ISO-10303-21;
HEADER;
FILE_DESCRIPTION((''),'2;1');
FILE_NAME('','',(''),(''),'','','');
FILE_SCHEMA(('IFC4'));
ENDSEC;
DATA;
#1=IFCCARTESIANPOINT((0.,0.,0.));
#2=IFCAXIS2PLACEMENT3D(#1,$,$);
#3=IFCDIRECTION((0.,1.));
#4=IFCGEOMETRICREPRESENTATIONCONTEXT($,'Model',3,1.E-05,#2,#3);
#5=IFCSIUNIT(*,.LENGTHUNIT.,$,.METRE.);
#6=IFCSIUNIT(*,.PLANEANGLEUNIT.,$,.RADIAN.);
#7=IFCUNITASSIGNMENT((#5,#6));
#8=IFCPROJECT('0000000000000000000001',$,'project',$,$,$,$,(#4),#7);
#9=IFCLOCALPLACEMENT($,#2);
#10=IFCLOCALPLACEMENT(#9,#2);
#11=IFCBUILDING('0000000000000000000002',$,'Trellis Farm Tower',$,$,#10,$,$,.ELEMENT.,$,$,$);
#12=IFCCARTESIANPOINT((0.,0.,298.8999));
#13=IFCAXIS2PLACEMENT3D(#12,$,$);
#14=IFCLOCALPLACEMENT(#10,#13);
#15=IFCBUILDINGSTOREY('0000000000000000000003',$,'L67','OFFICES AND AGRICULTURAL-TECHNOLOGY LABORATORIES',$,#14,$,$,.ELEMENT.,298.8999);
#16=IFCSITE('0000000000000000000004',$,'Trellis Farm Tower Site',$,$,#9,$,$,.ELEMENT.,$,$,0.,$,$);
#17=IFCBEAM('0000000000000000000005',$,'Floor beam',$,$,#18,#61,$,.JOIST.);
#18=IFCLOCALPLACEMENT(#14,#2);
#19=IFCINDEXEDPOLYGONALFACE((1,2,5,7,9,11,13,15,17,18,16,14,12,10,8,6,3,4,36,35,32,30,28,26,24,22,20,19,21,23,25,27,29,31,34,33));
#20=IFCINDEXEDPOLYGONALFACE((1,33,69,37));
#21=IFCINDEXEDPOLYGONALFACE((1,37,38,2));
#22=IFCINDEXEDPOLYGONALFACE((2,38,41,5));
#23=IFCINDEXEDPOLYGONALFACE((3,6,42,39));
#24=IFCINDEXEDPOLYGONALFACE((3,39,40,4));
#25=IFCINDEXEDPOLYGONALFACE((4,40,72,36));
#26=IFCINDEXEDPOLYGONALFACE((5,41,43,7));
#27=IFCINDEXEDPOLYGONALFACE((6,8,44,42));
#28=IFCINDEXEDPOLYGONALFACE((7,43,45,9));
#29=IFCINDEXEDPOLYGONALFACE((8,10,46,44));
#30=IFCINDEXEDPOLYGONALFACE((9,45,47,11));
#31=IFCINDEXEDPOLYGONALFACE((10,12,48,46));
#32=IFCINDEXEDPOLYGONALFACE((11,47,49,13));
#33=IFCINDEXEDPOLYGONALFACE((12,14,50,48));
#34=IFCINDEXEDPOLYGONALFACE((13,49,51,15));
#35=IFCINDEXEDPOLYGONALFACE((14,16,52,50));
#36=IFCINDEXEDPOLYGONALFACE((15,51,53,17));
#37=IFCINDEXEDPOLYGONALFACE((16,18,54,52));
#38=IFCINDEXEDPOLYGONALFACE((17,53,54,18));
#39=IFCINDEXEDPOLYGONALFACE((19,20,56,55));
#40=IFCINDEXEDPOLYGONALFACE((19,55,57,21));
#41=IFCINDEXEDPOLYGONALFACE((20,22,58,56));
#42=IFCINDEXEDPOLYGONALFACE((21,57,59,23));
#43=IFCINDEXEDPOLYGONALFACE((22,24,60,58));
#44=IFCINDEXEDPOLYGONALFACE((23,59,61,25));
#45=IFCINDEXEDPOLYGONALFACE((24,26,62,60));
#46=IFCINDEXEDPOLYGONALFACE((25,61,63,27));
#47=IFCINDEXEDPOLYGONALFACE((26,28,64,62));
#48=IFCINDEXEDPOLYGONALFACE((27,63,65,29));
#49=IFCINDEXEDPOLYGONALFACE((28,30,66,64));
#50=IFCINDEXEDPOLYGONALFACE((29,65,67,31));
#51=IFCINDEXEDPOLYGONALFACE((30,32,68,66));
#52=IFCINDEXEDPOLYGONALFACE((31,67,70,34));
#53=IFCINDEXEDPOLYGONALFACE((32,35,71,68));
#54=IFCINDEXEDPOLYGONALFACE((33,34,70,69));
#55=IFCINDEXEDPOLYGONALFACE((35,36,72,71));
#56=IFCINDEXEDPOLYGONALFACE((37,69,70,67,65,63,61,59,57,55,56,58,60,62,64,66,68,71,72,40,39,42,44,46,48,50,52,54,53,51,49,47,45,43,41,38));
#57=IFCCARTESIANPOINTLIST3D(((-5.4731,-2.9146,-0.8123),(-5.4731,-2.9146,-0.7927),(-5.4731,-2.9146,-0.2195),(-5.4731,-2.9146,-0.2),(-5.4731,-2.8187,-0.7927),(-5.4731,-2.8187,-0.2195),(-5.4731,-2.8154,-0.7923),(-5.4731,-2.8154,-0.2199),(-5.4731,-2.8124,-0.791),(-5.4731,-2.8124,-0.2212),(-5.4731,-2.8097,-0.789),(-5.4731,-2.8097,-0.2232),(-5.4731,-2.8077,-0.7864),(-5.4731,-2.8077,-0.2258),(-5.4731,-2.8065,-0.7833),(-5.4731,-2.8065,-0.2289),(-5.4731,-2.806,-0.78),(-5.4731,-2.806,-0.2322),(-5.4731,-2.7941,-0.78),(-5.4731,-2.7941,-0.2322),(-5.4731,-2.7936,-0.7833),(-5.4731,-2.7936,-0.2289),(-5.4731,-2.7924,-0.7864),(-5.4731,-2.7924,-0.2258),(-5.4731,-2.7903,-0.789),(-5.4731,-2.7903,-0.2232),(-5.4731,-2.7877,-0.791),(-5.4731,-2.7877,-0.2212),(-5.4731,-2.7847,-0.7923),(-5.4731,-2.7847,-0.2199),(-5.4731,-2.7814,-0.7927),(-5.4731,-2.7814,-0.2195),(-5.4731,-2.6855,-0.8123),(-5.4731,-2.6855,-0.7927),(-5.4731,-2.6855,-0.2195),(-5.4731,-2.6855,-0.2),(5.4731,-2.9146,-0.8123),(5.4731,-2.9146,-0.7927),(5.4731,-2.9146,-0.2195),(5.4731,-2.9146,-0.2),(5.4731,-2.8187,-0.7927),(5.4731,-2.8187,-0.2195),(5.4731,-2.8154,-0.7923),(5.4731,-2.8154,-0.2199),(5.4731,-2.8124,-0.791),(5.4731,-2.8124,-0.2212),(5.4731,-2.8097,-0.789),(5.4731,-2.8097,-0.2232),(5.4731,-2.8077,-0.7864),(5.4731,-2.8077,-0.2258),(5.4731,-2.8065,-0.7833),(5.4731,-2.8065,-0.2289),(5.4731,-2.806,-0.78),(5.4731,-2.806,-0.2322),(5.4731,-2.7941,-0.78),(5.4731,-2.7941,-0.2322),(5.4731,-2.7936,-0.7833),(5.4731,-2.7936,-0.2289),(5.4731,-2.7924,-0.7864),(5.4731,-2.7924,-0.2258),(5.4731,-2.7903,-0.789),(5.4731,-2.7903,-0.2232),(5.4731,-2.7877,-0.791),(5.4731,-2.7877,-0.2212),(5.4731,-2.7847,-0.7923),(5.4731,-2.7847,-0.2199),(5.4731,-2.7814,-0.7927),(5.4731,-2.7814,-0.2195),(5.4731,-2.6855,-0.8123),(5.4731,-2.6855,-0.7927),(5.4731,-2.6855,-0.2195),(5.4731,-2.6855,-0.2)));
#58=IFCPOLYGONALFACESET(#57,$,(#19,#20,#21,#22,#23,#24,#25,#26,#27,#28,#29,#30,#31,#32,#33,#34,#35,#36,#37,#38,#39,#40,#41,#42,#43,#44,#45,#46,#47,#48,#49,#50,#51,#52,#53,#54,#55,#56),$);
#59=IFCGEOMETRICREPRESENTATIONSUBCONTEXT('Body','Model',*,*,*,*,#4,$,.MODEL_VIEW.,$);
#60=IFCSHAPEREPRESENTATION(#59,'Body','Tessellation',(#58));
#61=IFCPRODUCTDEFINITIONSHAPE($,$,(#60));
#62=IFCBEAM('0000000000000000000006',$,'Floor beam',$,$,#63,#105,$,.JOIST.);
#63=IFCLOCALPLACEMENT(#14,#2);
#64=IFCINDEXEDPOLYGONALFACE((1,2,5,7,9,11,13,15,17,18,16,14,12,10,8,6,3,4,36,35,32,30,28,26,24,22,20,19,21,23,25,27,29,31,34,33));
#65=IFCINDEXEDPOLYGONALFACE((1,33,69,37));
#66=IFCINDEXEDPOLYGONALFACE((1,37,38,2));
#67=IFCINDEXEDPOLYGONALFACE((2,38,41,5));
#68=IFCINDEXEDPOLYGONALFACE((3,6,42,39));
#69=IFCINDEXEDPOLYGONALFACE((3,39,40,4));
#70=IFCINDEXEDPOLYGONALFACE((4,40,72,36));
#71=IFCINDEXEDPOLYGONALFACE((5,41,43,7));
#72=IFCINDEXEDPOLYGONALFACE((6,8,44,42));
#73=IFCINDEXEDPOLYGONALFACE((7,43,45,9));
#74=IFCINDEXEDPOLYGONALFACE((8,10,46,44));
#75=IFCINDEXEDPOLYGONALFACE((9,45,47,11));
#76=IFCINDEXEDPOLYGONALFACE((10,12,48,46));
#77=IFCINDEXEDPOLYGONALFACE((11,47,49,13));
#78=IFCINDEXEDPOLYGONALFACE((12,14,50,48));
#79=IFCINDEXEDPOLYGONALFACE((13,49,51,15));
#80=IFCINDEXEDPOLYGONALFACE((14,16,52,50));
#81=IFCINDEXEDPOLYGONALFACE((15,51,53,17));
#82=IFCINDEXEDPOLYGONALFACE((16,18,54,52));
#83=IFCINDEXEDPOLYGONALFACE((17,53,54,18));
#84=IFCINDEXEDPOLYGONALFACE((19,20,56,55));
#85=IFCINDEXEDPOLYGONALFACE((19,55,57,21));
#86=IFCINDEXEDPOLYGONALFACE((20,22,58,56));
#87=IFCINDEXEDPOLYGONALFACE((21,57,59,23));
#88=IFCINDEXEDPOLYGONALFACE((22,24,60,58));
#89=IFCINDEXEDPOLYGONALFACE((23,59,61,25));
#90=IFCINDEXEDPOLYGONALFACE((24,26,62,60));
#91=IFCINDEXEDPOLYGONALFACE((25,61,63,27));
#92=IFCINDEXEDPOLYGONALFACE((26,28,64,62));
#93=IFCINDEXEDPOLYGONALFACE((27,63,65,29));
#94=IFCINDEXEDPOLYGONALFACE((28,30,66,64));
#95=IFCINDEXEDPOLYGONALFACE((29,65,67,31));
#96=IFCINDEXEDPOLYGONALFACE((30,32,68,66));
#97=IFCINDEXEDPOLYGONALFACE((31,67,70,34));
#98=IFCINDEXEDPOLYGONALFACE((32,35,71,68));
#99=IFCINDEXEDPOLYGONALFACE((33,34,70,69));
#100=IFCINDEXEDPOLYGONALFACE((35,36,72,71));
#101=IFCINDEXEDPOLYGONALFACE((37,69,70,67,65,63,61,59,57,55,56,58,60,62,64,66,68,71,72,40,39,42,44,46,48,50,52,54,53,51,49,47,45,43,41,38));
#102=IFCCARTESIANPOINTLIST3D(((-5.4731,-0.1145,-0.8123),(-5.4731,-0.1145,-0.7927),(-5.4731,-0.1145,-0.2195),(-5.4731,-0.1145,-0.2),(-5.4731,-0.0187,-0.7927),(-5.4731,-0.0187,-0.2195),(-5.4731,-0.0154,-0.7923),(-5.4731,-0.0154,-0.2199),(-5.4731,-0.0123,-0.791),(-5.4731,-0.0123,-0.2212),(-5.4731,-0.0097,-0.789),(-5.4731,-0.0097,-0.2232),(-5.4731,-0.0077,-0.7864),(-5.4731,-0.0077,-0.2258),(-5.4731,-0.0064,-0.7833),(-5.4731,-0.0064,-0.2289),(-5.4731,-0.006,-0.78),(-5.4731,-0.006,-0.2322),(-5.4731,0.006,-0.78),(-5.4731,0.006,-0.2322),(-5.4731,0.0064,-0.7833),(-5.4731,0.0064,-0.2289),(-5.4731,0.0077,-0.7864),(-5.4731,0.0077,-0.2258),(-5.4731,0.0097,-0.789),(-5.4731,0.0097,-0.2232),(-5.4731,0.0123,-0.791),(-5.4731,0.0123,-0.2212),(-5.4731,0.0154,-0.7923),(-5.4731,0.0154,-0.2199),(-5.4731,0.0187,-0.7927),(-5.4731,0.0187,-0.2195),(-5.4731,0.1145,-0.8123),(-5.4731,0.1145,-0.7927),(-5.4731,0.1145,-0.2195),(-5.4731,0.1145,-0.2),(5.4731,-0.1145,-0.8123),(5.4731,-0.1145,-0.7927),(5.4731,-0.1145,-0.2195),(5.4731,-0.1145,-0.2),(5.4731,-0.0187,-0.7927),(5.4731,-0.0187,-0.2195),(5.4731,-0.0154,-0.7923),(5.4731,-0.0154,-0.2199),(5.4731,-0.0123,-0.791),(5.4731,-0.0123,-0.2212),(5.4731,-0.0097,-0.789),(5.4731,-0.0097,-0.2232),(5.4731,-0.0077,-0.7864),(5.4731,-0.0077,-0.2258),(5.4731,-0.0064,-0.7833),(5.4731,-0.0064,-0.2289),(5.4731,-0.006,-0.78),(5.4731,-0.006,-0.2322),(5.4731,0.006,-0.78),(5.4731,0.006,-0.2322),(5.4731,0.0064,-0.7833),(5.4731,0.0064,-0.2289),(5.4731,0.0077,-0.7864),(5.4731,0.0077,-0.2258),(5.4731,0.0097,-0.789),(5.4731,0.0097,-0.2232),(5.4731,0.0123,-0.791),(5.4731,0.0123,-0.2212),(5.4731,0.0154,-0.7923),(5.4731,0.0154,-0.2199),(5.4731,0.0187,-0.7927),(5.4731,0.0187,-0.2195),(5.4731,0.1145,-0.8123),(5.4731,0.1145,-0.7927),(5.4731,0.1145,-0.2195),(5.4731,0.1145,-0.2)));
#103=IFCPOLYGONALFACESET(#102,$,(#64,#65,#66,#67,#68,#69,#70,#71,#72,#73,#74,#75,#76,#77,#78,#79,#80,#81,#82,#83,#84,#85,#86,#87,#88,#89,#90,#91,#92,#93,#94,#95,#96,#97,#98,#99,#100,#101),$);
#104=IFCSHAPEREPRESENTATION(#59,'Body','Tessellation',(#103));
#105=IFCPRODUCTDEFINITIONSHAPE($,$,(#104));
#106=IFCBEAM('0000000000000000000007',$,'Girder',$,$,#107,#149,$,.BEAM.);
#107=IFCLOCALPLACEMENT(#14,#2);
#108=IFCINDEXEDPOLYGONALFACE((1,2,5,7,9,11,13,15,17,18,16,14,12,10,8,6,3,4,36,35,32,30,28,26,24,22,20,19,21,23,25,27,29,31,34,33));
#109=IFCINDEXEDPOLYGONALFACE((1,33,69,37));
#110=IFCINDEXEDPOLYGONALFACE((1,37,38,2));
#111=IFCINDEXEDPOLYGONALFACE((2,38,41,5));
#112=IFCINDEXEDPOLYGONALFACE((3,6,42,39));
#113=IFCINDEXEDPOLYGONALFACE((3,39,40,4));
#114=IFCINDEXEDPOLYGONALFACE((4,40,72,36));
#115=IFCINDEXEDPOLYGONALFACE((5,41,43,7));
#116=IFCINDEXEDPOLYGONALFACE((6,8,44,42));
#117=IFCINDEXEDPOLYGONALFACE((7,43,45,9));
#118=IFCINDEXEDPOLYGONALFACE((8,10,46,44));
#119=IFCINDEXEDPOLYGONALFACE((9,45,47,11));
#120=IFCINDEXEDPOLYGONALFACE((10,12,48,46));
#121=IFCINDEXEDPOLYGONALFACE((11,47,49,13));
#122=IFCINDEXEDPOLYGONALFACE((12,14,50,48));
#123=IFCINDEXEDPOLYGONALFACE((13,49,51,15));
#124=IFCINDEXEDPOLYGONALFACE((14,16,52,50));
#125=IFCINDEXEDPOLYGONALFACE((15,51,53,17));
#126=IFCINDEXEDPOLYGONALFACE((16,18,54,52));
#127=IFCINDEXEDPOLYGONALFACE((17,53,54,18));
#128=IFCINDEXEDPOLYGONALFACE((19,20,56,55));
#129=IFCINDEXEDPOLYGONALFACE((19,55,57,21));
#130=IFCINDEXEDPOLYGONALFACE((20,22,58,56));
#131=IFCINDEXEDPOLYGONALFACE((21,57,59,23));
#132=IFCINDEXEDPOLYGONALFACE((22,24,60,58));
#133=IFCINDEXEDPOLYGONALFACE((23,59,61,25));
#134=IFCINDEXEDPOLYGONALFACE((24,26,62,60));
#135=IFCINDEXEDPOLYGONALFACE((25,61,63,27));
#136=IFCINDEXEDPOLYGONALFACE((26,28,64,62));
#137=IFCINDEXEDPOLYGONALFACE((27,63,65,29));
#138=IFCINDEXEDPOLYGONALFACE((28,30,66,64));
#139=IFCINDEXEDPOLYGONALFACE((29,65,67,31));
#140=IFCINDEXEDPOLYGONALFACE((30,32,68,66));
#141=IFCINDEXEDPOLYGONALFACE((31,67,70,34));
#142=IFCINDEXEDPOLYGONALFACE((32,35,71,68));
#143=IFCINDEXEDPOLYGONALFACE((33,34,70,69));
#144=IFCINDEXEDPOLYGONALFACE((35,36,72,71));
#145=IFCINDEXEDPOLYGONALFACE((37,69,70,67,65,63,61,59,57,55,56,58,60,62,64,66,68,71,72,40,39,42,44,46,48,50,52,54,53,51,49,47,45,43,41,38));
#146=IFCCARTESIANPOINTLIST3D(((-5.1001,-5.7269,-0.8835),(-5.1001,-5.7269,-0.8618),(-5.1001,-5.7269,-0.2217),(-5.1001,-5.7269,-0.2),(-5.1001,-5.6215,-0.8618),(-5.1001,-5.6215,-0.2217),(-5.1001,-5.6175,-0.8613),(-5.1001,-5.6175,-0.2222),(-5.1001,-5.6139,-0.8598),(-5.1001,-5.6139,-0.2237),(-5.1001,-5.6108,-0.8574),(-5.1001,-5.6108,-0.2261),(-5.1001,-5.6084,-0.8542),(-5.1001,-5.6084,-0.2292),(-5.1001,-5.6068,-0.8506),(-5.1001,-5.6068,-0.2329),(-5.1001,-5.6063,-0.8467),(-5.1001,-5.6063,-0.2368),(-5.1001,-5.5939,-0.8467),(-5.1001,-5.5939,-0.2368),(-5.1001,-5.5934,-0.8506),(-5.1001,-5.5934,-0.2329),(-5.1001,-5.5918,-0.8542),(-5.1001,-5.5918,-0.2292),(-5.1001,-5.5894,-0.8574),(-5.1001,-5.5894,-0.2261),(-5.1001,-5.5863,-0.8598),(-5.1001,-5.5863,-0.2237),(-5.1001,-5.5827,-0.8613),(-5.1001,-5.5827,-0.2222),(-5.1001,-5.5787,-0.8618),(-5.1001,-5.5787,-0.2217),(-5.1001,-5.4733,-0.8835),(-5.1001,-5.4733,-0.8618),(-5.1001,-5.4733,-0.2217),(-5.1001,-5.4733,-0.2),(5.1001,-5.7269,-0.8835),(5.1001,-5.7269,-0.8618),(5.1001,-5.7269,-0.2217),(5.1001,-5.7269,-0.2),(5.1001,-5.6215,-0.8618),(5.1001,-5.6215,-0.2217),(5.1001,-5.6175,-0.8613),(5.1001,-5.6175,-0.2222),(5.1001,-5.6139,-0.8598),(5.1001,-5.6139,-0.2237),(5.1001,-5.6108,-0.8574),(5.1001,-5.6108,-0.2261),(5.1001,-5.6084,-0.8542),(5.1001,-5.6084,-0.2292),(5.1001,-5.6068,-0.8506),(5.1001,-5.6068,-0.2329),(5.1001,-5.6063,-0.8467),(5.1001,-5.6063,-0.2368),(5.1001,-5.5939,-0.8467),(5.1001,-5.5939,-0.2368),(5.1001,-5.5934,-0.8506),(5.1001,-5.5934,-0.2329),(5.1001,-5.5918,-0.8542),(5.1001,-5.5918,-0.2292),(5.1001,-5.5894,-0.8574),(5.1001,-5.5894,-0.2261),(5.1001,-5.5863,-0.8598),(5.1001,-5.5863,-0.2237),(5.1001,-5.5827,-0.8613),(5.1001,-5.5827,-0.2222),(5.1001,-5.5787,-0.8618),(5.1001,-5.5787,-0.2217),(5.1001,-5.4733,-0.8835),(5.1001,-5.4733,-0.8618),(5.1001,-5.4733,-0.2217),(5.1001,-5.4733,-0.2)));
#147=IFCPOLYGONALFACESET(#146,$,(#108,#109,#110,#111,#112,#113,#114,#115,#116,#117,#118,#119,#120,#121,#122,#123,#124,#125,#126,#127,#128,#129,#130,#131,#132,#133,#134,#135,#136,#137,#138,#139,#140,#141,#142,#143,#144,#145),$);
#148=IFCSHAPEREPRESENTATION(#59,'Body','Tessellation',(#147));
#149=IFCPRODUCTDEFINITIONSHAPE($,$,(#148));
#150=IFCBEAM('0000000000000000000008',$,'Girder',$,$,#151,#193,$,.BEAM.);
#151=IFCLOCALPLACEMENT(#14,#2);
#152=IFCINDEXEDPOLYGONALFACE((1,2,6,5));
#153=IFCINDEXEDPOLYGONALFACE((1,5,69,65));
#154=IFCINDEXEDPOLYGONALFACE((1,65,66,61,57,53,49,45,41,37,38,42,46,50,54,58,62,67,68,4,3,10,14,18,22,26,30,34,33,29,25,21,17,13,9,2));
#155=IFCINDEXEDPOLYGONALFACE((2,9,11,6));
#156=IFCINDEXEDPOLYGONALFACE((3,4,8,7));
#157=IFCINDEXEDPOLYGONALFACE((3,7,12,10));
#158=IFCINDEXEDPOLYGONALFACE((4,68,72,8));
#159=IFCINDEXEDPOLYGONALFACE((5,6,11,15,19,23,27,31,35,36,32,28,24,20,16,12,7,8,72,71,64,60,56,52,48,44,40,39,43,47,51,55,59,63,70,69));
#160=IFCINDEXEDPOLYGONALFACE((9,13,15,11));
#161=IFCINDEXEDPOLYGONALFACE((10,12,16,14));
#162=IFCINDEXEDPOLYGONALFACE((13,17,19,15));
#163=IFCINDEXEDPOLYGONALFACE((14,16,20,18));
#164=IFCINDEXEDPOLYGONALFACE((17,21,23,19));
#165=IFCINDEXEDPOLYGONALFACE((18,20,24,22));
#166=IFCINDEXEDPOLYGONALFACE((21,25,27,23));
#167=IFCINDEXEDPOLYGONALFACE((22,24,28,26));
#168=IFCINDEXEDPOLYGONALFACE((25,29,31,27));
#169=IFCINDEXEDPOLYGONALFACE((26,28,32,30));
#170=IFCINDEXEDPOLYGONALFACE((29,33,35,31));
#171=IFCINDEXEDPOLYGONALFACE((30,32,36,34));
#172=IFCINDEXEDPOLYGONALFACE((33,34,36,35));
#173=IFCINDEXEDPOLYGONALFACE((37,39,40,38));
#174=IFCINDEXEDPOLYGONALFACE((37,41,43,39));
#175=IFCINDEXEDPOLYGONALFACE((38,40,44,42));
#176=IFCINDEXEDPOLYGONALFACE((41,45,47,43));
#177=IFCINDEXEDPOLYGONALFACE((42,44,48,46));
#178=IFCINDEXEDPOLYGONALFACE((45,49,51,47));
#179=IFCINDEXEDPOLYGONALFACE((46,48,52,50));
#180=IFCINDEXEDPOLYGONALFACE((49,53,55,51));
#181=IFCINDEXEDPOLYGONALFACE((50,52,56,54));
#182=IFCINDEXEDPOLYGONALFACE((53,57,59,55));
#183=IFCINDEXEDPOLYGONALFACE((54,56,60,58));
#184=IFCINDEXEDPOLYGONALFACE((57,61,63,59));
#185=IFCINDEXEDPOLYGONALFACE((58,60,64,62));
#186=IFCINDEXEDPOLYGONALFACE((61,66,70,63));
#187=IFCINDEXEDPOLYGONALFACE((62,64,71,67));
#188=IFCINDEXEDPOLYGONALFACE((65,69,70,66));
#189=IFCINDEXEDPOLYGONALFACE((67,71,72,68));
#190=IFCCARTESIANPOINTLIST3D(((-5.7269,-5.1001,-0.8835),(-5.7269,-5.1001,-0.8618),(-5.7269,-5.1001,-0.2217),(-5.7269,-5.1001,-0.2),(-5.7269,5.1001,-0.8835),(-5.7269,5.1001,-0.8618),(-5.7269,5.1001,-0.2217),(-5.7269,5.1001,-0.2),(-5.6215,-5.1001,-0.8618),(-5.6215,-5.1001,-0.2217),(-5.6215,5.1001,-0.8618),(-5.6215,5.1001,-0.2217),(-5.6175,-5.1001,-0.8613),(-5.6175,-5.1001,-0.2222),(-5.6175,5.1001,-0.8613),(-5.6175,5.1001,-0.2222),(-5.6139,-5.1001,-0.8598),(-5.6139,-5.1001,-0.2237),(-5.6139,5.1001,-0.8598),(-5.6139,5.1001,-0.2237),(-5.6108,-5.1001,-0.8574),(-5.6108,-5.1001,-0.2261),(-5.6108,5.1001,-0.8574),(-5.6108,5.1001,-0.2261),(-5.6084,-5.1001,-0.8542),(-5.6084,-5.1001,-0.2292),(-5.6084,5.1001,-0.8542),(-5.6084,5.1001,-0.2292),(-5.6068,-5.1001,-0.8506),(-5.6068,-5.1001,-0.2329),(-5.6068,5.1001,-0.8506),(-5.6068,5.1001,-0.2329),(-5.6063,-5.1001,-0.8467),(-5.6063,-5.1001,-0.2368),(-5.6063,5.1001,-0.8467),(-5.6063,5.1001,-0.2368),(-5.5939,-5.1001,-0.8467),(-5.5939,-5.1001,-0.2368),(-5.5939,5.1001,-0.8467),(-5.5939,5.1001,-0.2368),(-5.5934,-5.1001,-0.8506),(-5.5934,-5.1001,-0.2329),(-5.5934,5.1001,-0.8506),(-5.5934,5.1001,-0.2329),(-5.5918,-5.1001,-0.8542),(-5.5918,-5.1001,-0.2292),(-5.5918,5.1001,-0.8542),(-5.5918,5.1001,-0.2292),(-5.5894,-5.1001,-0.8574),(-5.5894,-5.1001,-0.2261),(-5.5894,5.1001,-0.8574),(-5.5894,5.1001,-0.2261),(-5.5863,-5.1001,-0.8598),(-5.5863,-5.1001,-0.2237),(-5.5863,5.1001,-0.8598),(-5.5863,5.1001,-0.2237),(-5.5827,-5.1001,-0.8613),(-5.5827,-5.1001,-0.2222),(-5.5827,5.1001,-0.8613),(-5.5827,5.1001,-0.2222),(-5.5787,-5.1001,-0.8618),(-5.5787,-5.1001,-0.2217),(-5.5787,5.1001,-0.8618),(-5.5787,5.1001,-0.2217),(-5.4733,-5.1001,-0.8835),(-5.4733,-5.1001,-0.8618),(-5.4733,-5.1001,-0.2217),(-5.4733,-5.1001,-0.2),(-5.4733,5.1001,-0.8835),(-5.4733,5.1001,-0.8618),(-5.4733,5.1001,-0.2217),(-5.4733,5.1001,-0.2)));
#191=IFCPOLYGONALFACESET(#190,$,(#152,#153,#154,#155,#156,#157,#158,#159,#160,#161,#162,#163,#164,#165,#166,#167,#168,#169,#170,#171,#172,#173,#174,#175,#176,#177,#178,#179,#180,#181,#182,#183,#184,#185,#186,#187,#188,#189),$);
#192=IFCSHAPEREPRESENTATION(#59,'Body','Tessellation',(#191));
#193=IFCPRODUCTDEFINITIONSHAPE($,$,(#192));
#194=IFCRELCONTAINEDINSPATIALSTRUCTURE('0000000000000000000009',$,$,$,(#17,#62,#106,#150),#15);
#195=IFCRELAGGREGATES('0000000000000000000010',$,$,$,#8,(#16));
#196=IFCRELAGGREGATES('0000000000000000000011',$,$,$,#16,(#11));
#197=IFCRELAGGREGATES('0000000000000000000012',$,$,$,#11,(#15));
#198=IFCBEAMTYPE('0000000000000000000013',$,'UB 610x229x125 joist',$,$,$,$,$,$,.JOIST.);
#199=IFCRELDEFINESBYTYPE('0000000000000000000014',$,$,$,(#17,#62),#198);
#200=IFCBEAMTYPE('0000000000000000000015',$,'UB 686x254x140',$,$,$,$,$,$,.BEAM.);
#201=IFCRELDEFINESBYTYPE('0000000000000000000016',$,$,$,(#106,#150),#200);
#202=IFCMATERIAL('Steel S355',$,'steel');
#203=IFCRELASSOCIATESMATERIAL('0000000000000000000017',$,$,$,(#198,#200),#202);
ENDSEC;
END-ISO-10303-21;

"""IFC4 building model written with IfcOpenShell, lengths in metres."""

from ifc_helpers import new_model, si_unit, direction, frame, origin, origin_2d, place, context, subcontext, project, spatial, i_section, extrude, source, transform, mapped, material, material_profile, profile_set, type_object, element, save


model = new_model("IFC4")

# Units and contexts
model_context = context("Model", 3, precision=1e-05, world=origin(), true_north=direction((0.0, 1.0)))
body_context = subcontext(model_context, "Body", "Model", "MODEL_VIEW")
ifc_project = project(units=[si_unit("LENGTHUNIT", "METRE"), si_unit("PLANEANGLEUNIT", "RADIAN")], contexts=[model_context])

# Site, building, storey
site_placement = place(None, origin())
site = spatial("IfcSite", under=ifc_project, at=site_placement, Name="Trellis Farm Tower Site", CompositionType="ELEMENT", RefElevation=0.0)
building_placement = place(site_placement, origin())
building = spatial("IfcBuilding", under=site, at=building_placement, Name="Trellis Farm Tower", CompositionType="ELEMENT")
storey_placement = place(building_placement, frame((0.0, 0.0, 298.8999)))
storey = spatial("IfcBuildingStorey", under=building, at=storey_placement, Name="L67", Description="OFFICES AND AGRICULTURAL-TECHNOLOGY LABORATORIES", CompositionType="ELEMENT", Elevation=298.8999)

# Beams
ifc_material_1 = material(Name="Steel S355", Category="steel")
ifc_material_profile_1 = material_profile(ifc_material_1, i_section(OverallWidth=0.229, OverallDepth=0.6123, WebThickness=0.012, FlangeThickness=0.0195, FilletRadius=0.0127, at=origin_2d()), Name="UB 610x229x125")
ifc_profile_set_1 = profile_set([ifc_material_profile_1], Name="Steel S355")
beam_type_1 = type_object("IfcBeamType", Name="UB 610x229x125 joist", PredefinedType="JOIST", material=ifc_profile_set_1)
shared_shape_1 = source(origin(), body_context, "Body", "SweptSolid", [
    extrude(i_section(OverallWidth=0.229, OverallDepth=0.6123, WebThickness=0.012, FlangeThickness=0.0195, FilletRadius=0.0127, at=origin_2d()), origin(), (0.0, 0.0, 1.0), 10.9463),
])
for number, where, z_axis, x_axis, name in (
    (1, (-5.4731, -2.8, -0.5061), (1.0, 0.0, 0.0), (0.0, 1.0, 0.0), "Floor beam"),
    (2, (-5.4731, 0.0, -0.5061), (1.0, 0.0, 0.0), (0.0, 1.0, 0.0), "Floor beam"),
):
    element("IfcBeam", number, at=place(storey_placement, frame(where, z_axis=z_axis, x_axis=x_axis)), inside=storey, type_object=beam_type_1, Name=name, PredefinedType="JOIST", context=body_context, shape_type="MappedRepresentation", body=[
        mapped(shared_shape_1, transform((0.0, 0.0, 0.0))),
    ])
ifc_material_profile_2 = material_profile(ifc_material_1, i_section(OverallWidth=0.2537, OverallDepth=0.6836, WebThickness=0.0125, FlangeThickness=0.0217, FilletRadius=0.0151, at=origin_2d()), Name="UB 686x254x140")
ifc_profile_set_2 = profile_set([ifc_material_profile_2], Name="Steel S355")
beam_type_2 = type_object("IfcBeamType", Name="UB 686x254x140", PredefinedType="BEAM", material=ifc_profile_set_2)
shared_shape_2 = source(origin(), body_context, "Body", "SweptSolid", [
    extrude(i_section(OverallWidth=0.2537, OverallDepth=0.6836, WebThickness=0.0125, FlangeThickness=0.0217, FilletRadius=0.0151, at=origin_2d()), origin(), (0.0, 0.0, 1.0), 10.2002),
])
for number, where, z_axis, x_axis, name in (
    (3, (-5.1001, -5.6001, -0.5417), (1.0, 0.0, 0.0), (0.0, 1.0, 0.0), "Girder"),
    (4, (-5.6001, -5.1001, -0.5417), (0.0, 1.0, 0.0), (-1.0, 0.0, 0.0), "Girder"),
):
    element("IfcBeam", number, at=place(storey_placement, frame(where, z_axis=z_axis, x_axis=x_axis)), inside=storey, type_object=beam_type_2, Name=name, PredefinedType="BEAM", context=body_context, shape_type="MappedRepresentation", body=[
        mapped(shared_shape_2, transform((0.0, 0.0, 0.0))),
    ])

save(model, "model.ifc")
